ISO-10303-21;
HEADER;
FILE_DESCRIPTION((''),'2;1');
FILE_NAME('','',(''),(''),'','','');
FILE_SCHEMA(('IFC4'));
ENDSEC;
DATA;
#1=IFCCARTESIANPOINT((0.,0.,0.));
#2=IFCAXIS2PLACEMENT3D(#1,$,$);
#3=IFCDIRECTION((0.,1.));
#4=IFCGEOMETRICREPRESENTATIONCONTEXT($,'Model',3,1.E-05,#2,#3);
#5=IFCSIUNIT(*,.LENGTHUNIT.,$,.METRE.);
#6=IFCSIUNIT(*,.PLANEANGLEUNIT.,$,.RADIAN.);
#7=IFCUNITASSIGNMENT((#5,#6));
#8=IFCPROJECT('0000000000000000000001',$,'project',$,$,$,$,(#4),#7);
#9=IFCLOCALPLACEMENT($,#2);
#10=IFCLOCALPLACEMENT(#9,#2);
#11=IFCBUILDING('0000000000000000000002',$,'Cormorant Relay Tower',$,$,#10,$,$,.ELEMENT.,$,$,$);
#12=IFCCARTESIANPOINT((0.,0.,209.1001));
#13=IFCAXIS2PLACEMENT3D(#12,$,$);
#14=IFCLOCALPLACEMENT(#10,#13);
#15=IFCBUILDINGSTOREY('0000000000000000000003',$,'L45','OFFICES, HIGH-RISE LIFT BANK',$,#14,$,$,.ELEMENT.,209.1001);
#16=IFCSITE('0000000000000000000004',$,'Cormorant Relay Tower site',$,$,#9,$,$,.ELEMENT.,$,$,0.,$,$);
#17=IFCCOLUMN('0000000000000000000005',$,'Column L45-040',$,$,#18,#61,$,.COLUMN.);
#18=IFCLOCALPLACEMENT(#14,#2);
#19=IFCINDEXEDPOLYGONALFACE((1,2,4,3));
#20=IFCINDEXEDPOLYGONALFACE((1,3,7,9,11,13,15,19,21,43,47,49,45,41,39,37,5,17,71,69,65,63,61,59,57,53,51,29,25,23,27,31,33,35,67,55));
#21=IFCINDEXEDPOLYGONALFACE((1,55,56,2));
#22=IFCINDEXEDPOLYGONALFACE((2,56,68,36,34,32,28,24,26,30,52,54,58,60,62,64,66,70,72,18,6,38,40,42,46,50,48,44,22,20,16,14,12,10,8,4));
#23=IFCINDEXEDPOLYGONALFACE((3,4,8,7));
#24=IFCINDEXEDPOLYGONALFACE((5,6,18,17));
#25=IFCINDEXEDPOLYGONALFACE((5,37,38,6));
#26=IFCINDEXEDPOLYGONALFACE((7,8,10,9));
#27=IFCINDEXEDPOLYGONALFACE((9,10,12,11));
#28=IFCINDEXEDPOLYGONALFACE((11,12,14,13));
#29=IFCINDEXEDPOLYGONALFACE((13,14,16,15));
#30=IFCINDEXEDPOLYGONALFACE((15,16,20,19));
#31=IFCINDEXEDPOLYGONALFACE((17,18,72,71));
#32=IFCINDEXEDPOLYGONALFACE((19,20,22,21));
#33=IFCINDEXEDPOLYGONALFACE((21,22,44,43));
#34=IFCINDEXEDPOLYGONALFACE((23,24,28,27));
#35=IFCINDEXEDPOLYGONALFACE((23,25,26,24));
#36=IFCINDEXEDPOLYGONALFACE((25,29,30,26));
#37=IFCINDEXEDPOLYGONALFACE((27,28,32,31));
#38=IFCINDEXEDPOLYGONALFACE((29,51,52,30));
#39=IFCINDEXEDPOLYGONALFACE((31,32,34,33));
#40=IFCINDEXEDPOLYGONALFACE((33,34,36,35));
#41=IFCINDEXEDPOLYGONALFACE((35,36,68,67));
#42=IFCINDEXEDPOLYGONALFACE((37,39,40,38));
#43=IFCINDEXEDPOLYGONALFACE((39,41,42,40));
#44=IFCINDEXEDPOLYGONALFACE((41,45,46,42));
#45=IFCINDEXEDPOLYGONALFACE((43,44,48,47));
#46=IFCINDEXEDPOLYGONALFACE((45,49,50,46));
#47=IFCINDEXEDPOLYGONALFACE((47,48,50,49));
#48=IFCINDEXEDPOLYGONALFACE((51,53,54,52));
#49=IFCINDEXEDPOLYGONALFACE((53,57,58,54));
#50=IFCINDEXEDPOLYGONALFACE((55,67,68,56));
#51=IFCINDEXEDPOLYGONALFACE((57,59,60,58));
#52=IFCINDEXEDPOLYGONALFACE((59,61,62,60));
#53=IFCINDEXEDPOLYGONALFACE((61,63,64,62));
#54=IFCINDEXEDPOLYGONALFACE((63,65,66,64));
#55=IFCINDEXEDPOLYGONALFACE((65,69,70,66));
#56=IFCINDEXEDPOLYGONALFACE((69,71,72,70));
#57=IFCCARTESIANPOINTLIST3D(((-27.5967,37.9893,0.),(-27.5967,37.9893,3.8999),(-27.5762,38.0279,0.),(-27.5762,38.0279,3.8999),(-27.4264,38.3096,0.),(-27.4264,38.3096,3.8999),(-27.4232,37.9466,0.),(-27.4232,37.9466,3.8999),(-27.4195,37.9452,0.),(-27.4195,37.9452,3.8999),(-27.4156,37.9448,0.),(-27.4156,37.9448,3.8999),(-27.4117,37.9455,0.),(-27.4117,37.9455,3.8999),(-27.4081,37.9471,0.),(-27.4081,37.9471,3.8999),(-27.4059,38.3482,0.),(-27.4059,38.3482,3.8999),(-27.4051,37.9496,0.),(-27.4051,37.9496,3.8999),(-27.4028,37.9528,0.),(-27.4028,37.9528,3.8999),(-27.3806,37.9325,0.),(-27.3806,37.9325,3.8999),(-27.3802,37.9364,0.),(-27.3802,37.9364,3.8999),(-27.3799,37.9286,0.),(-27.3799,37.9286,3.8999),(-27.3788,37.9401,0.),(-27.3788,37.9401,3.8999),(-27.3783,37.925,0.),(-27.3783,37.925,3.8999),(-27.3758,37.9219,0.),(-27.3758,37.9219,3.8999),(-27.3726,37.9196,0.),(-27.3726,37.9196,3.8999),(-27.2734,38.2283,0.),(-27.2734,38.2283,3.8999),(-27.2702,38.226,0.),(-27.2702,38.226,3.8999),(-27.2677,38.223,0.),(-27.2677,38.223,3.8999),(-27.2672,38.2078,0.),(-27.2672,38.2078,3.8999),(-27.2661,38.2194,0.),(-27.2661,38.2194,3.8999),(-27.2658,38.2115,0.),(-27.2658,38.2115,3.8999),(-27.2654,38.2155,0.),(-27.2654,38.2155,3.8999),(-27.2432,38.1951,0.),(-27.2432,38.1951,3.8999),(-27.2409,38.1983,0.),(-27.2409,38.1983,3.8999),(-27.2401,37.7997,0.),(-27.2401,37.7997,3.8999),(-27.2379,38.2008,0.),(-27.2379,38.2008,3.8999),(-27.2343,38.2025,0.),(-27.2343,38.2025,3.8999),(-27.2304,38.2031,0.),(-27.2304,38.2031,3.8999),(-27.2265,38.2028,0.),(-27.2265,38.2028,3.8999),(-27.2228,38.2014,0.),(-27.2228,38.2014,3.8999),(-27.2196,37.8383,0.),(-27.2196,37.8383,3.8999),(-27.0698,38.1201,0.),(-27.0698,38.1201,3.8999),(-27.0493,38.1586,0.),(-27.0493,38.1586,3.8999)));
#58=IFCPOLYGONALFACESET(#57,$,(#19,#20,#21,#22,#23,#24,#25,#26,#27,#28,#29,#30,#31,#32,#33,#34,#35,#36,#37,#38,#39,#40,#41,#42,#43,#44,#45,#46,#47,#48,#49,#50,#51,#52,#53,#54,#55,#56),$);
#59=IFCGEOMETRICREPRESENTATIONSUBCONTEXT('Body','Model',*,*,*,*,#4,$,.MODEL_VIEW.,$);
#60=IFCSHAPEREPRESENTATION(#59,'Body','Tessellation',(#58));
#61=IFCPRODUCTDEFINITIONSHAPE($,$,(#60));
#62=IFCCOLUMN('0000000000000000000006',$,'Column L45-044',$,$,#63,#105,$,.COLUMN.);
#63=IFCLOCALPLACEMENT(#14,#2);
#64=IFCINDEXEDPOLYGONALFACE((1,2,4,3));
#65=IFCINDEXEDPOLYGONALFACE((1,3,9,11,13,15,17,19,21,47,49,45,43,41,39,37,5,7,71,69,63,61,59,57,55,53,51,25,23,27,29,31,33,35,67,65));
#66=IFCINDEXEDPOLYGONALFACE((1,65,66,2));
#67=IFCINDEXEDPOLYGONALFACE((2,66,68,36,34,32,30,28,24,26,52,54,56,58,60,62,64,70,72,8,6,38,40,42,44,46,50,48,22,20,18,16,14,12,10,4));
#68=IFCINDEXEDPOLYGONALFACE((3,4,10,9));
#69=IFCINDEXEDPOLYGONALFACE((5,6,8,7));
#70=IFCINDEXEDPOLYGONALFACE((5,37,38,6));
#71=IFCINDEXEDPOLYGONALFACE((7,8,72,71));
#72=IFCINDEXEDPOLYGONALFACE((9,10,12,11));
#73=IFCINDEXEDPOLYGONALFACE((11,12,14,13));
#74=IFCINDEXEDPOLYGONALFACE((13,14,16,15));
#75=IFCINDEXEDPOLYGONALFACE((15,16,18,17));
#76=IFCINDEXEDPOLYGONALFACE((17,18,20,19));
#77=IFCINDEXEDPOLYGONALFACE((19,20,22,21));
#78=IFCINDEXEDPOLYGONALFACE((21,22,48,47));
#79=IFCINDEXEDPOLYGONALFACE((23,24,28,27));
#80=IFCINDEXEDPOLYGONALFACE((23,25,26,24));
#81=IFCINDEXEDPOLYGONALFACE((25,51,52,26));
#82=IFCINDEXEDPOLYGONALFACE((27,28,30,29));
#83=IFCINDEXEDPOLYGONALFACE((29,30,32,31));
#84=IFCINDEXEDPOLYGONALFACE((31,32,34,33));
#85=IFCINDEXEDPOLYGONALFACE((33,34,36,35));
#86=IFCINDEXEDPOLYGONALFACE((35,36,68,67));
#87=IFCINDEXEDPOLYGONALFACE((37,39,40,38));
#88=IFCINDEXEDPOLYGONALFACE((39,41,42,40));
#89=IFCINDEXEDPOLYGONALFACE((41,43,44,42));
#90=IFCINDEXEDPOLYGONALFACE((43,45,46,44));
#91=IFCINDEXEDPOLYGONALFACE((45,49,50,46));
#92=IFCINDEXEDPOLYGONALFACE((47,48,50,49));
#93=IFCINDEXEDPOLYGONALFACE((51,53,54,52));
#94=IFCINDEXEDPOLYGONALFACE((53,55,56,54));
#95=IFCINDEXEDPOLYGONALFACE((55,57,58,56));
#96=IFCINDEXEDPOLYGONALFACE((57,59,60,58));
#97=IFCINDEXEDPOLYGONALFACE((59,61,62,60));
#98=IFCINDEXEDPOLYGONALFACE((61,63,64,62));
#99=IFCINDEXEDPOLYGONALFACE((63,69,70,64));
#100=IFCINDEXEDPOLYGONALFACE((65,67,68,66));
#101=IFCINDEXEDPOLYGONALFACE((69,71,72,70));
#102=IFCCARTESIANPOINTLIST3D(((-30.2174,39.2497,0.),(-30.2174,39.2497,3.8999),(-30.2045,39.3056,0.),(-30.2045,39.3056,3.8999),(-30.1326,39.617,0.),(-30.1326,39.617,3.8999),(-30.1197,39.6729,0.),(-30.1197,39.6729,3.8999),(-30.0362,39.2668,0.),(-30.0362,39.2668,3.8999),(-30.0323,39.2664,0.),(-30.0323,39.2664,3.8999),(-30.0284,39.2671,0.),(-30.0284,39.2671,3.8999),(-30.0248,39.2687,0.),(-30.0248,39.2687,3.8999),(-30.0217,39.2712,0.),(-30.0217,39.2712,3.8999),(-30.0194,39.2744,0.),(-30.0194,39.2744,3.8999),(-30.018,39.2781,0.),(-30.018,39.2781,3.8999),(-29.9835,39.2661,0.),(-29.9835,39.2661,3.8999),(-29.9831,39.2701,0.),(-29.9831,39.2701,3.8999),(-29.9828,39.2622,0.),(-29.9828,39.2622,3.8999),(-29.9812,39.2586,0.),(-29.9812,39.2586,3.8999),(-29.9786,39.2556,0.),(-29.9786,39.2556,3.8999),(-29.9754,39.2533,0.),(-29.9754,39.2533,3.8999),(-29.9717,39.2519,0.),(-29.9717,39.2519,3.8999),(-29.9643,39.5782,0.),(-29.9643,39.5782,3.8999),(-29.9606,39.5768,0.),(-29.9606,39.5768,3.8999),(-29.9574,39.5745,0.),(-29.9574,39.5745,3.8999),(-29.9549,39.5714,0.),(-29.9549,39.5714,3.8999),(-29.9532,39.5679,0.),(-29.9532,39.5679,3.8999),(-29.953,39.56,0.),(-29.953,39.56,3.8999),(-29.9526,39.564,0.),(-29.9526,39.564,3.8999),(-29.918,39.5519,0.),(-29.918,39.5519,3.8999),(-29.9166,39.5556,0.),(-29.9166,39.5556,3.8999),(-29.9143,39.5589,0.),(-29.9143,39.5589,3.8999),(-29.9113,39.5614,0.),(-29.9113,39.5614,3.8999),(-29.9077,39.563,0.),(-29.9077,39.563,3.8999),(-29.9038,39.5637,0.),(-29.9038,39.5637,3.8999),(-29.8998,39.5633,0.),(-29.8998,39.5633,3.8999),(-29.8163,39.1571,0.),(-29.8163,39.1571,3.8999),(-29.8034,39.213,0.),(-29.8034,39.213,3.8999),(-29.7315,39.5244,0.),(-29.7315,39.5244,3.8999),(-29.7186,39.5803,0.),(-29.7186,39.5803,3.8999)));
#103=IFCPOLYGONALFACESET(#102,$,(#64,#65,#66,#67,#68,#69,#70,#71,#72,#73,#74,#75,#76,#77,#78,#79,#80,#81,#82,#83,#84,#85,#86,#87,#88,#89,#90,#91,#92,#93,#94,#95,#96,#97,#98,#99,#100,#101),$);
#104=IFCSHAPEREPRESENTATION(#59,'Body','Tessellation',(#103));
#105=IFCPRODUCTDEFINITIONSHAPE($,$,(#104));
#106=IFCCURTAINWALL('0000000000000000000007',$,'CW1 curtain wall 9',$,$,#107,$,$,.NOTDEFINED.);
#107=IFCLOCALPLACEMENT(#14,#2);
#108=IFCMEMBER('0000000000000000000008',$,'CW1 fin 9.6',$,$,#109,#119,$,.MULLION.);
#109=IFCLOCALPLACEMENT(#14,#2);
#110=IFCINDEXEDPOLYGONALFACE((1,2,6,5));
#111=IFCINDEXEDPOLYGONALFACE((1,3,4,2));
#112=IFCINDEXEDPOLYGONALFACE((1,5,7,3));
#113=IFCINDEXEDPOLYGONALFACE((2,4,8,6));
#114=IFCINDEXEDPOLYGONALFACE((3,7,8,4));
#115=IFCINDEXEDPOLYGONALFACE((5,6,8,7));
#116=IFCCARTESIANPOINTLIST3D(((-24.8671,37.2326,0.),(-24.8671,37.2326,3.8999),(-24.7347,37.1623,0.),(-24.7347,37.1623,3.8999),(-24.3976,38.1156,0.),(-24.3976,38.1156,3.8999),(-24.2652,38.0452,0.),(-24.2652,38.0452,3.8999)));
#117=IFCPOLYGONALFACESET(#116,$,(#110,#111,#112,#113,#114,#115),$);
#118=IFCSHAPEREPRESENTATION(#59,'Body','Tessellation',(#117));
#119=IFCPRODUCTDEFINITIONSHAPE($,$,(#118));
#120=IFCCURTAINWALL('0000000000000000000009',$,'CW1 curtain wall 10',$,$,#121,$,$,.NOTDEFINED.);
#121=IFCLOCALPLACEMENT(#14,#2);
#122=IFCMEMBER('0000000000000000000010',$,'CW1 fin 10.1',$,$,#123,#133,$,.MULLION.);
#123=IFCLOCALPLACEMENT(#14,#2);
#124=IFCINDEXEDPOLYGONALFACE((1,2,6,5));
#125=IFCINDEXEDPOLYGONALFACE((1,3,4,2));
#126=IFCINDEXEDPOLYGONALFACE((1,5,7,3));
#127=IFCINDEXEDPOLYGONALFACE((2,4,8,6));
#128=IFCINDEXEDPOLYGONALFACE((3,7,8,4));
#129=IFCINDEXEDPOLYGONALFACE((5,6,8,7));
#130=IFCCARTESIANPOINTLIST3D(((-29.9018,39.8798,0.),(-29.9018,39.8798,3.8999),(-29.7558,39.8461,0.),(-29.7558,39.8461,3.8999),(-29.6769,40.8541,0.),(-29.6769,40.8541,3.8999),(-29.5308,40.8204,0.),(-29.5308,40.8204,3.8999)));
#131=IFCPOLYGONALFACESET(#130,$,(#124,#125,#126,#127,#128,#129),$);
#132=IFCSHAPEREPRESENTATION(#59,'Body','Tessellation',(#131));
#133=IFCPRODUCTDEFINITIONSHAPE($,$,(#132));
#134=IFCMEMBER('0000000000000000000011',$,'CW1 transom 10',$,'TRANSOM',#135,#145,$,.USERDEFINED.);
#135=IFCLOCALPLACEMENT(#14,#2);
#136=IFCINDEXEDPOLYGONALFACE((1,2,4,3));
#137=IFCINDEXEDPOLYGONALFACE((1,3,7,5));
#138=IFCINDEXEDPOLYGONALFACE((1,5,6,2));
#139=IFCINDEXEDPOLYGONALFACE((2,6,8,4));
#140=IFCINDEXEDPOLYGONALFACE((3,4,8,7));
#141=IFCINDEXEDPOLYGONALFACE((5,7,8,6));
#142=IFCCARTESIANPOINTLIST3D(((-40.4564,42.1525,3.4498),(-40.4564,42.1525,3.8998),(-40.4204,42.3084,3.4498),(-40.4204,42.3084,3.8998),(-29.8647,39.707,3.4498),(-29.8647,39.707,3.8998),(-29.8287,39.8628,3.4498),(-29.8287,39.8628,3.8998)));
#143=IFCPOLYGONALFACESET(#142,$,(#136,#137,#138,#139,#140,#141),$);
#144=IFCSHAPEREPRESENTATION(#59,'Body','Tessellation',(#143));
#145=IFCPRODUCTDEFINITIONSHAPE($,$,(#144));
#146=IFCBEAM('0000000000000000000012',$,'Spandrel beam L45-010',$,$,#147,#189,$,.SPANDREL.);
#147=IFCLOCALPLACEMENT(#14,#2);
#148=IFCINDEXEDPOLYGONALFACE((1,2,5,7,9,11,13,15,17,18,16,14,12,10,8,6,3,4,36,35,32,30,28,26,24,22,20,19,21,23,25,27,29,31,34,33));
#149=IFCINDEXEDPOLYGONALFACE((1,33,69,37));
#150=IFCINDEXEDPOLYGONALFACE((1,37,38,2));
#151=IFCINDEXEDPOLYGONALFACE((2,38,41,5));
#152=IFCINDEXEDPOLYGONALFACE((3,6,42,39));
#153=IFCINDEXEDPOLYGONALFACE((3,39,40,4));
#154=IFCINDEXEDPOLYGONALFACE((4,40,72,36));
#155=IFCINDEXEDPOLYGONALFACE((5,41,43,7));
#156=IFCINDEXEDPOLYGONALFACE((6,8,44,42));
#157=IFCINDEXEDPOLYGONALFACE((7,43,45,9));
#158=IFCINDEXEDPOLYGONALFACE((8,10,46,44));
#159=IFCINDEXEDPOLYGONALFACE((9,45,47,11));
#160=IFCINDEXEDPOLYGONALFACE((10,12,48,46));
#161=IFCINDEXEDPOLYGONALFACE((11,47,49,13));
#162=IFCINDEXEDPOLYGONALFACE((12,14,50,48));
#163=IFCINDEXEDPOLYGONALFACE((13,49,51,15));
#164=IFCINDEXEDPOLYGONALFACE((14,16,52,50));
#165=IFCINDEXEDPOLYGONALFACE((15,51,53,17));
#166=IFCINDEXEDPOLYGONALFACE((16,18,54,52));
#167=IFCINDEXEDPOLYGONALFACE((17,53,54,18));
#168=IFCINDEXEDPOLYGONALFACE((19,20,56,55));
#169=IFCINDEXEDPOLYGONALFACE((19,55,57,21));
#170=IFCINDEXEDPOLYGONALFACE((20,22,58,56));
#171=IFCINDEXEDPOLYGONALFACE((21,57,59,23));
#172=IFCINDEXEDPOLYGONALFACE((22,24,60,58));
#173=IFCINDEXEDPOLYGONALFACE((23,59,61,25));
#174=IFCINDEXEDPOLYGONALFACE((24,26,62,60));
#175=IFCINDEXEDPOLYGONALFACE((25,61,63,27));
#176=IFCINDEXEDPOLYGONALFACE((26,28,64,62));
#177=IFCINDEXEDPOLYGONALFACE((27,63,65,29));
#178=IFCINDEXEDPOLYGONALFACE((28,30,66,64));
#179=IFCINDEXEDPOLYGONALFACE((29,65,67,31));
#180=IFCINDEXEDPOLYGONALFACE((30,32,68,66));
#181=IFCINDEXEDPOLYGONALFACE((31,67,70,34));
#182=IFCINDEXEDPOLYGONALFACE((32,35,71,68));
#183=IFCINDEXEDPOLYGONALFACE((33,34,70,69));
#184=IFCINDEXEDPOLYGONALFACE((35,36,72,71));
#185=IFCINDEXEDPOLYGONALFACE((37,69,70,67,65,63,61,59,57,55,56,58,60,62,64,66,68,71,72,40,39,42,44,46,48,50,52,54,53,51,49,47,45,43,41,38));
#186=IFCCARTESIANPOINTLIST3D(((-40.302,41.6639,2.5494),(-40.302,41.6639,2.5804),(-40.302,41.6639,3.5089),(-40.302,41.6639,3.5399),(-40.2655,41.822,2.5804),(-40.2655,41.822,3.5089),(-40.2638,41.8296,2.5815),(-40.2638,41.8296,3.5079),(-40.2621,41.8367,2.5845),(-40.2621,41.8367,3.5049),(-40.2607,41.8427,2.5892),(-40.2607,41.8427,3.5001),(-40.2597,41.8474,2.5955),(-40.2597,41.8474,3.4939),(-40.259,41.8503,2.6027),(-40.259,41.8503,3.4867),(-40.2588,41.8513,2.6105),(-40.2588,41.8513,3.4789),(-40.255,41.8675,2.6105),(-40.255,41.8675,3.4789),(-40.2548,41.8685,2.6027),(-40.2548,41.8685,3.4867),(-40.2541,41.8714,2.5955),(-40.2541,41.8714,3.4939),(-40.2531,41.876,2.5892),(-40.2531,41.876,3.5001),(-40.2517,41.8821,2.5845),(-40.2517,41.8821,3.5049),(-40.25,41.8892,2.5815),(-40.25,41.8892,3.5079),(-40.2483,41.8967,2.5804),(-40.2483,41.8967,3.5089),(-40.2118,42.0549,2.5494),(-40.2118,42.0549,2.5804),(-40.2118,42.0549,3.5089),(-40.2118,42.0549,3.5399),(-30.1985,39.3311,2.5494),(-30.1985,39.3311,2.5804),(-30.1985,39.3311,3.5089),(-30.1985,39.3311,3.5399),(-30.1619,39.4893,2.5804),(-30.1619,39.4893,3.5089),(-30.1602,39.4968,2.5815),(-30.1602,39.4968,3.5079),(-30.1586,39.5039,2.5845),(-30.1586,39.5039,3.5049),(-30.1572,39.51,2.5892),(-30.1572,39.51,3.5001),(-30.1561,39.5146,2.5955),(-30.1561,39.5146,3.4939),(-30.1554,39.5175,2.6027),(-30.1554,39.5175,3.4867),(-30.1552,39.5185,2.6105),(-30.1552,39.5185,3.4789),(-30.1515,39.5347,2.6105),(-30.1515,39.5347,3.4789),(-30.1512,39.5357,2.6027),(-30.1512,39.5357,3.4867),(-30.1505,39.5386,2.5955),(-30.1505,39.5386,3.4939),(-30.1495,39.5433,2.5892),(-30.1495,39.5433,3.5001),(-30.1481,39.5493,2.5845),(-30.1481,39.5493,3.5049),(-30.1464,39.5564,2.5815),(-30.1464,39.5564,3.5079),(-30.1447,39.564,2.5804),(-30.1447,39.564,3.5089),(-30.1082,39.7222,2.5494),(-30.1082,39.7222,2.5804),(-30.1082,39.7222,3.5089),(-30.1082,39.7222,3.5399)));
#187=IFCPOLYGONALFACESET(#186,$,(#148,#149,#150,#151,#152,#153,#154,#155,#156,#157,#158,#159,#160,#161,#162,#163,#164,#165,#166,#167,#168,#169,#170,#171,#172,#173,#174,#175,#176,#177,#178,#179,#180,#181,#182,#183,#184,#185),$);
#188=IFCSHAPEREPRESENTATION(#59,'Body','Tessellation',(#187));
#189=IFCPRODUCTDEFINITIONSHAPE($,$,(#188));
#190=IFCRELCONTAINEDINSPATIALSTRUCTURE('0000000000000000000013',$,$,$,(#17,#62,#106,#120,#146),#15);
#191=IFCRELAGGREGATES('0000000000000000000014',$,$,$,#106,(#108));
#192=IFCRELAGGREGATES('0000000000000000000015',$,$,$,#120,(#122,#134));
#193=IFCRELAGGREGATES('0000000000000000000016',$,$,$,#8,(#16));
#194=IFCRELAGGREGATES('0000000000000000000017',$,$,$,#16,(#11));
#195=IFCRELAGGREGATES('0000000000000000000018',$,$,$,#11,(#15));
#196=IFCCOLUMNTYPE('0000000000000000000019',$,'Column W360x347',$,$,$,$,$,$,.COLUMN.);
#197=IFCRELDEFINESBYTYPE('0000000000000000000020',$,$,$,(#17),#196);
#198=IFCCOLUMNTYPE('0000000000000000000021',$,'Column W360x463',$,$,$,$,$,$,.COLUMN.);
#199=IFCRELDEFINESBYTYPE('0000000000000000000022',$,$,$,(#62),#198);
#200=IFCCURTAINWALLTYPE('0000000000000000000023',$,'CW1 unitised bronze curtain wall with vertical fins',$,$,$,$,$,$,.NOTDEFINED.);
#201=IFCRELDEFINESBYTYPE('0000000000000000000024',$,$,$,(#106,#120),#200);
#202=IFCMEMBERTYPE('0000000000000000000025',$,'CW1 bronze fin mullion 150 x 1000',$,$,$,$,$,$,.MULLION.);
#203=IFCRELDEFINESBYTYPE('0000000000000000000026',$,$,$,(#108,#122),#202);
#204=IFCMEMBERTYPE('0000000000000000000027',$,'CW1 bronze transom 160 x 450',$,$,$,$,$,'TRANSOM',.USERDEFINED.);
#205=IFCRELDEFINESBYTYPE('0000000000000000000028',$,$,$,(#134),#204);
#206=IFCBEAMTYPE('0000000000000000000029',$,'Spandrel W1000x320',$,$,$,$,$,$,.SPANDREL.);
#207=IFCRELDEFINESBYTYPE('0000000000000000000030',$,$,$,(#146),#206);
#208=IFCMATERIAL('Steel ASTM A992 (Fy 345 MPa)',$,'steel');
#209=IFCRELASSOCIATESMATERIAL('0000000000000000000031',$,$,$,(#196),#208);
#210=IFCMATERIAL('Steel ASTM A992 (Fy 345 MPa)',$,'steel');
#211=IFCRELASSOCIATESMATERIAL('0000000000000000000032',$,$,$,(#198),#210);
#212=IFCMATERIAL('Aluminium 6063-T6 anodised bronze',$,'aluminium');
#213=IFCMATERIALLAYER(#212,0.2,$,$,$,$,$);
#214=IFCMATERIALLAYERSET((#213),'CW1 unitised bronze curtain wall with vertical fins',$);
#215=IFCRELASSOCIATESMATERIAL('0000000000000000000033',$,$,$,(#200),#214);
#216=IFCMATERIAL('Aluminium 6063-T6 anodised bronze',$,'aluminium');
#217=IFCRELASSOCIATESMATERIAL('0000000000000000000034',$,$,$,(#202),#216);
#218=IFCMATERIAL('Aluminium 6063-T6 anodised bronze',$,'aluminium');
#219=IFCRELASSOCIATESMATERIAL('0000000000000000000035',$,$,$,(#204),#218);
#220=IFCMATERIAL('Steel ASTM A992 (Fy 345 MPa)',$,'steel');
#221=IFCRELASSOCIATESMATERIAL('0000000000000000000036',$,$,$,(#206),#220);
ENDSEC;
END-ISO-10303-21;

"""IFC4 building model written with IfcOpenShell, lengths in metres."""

from ifc_helpers import new_model, si_unit, direction, frame, origin, origin_2d, place, context, subcontext, project, spatial, rectangle, i_section, extrude, material, layer, layer_set, material_profile, profile_set, type_object, element, aggregate, save


model = new_model("IFC4")

# Units and contexts
model_context = context("Model", 3, precision=1e-05, world=origin(), true_north=direction((0.0, 1.0)))
body_context = subcontext(model_context, "Body", "Model", "MODEL_VIEW")
ifc_project = project(units=[si_unit("LENGTHUNIT", "METRE"), si_unit("PLANEANGLEUNIT", "RADIAN")], contexts=[model_context])

# Site, building, storey
site_placement = place(None, origin())
site = spatial("IfcSite", under=ifc_project, at=site_placement, Name="Cormorant Relay Tower site", CompositionType="ELEMENT", RefElevation=0.0)
building_placement = place(site_placement, origin())
building = spatial("IfcBuilding", under=site, at=building_placement, Name="Cormorant Relay Tower", CompositionType="ELEMENT")
storey_placement = place(building_placement, frame((0.0, 0.0, 209.1001)))
storey = spatial("IfcBuildingStorey", under=building, at=storey_placement, Name="L45", Description="OFFICES, HIGH-RISE LIFT BANK", CompositionType="ELEMENT", Elevation=209.1001)

# Columns
ifc_material_1 = material(Name="Steel ASTM A992 (Fy 345 MPa)", Category="steel")
ifc_material_profile_1 = material_profile(ifc_material_1, i_section(OverallWidth=0.4038, OverallDepth=0.4065, WebThickness=0.0271, FlangeThickness=0.0437, FilletRadius=0.0151, at=origin_2d()), Name="W360x347")
ifc_profile_set_1 = profile_set([ifc_material_profile_1], Name="Steel ASTM A992 (Fy 345 MPa)")
column_type_1 = type_object("IfcColumnType", Name="Column W360x347", PredefinedType="COLUMN", material=ifc_profile_set_1)
column_1_placement = place(storey_placement, frame((-27.323, 38.074, 0.0), z_axis=(0.0, 0.0, 1.0), x_axis=(-0.882948, 0.469472, 0.0)))
element("IfcColumn", 1, at=column_1_placement, inside=storey, type_object=column_type_1, Name="Column L45-040", PredefinedType="COLUMN", context=body_context, shape_type="SweptSolid", body=[
    extrude(i_section(OverallWidth=0.4038, OverallDepth=0.4065, WebThickness=0.0271, FlangeThickness=0.0437, FilletRadius=0.0151, at=origin_2d()), origin(), (0.0, 0.0, 1.0), 3.8999),
])
ifc_material_2 = material(Name="Steel ASTM A992 (Fy 345 MPa)", Category="steel")
ifc_material_profile_2 = material_profile(ifc_material_2, i_section(OverallWidth=0.4116, OverallDepth=0.4343, WebThickness=0.0359, FlangeThickness=0.0574, FilletRadius=0.0151, at=origin_2d()), Name="W360x463")
ifc_profile_set_2 = profile_set([ifc_material_profile_2], Name="Steel ASTM A992 (Fy 345 MPa)")
column_type_2 = type_object("IfcColumnType", Name="Column W360x463", PredefinedType="COLUMN", material=ifc_profile_set_2)
column_2_placement = place(storey_placement, frame((-29.968, 39.415, 0.0), z_axis=(0.0, 0.0, 1.0), x_axis=(-0.97437, 0.224951, 0.0)))
element("IfcColumn", 2, at=column_2_placement, inside=storey, type_object=column_type_2, Name="Column L45-044", PredefinedType="COLUMN", context=body_context, shape_type="SweptSolid", body=[
    extrude(i_section(OverallWidth=0.4116, OverallDepth=0.4343, WebThickness=0.0359, FlangeThickness=0.0574, FilletRadius=0.0151, at=origin_2d()), origin(), (0.0, 0.0, 1.0), 3.8999),
])

# Curtain wall, member
ifc_material_3 = material(Name="Aluminium 6063-T6 anodised bronze", Category="aluminium")
ifc_layer_1 = layer(ifc_material_3, 0.2)
ifc_layer_set_1 = layer_set([ifc_layer_1], Name="CW1 unitised bronze curtain wall with vertical fins")
curtain_wall_type = type_object("IfcCurtainWallType", Name="CW1 unitised bronze curtain wall with vertical fins", PredefinedType="NOTDEFINED", material=ifc_layer_set_1)
curtain_wall_1_placement = place(storey_placement, origin())
curtain_wall_1 = element("IfcCurtainWall", 3, at=curtain_wall_1_placement, inside=storey, type_object=curtain_wall_type, Name="CW1 curtain wall 9", PredefinedType="NOTDEFINED")
ifc_material_4 = material(Name="Aluminium 6063-T6 anodised bronze", Category="aluminium")
ifc_material_profile_3 = material_profile(ifc_material_4, rectangle(XDim=0.1499, YDim=1.0, at=origin_2d()), Name="AL 150x1000")
ifc_profile_set_3 = profile_set([ifc_material_profile_3], Name="Aluminium 6063-T6 anodised bronze")
member_type_1 = type_object("IfcMemberType", Name="CW1 bronze fin mullion 150 x 1000", PredefinedType="MULLION", material=ifc_profile_set_3)
member_1_placement = place(storey_placement, frame((-24.5662, 37.6389, 0.0), z_axis=(0.0, 0.0, 1.0), x_axis=(-0.882948, 0.469472, 0.0)))
member_1 = element("IfcMember", 4, at=member_1_placement, type_object=member_type_1, Name="CW1 fin 9.6", PredefinedType="MULLION", context=body_context, shape_type="SweptSolid", body=[
    extrude(rectangle(XDim=0.1499, YDim=1.0, at=origin_2d()), origin(), (0.0, 0.0, 1.0), 3.8999),
])

# Curtain wall, members
curtain_wall_2_placement = place(storey_placement, origin())
curtain_wall_2 = element("IfcCurtainWall", 5, at=curtain_wall_2_placement, inside=storey, type_object=curtain_wall_type, Name="CW1 curtain wall 10", PredefinedType="NOTDEFINED")
member_2_placement = place(storey_placement, frame((-29.7163, 40.3501, 0.0), z_axis=(0.0, 0.0, 1.0), x_axis=(-0.97437, 0.224951, 0.0)))
member_2 = element("IfcMember", 6, at=member_2_placement, type_object=member_type_1, Name="CW1 fin 10.1", PredefinedType="MULLION", context=body_context, shape_type="SweptSolid", body=[
    extrude(rectangle(XDim=0.1499, YDim=1.0, at=origin_2d()), origin(), (0.0, 0.0, 1.0), 3.8999),
])
ifc_material_5 = material(Name="Aluminium 6063-T6 anodised bronze", Category="aluminium")
ifc_material_profile_4 = material_profile(ifc_material_5, rectangle(XDim=0.1599, YDim=0.45, at=origin_2d()), Name="AL 160x450")
ifc_profile_set_4 = profile_set([ifc_material_profile_4], Name="Aluminium 6063-T6 anodised bronze")
member_type_2 = type_object("IfcMemberType", Name="CW1 bronze transom 160 x 450", ElementType="TRANSOM", PredefinedType="USERDEFINED", material=ifc_profile_set_4)
member_3_placement = place(storey_placement, frame((-29.8467, 39.7849, 3.6748), z_axis=(-0.974365, 0.224973, 0.0), x_axis=(-0.224973, -0.974365, 0.0)))
member_3 = element("IfcMember", 7, at=member_3_placement, type_object=member_type_2, Name="CW1 transom 10", ObjectType="TRANSOM", PredefinedType="USERDEFINED", context=body_context, shape_type="SweptSolid", body=[
    extrude(rectangle(XDim=0.1599, YDim=0.45, at=origin_2d()), origin(), (0.0, 0.0, 1.0), 10.8704),
])

# Beam
ifc_material_6 = material(Name="Steel ASTM A992 (Fy 345 MPa)", Category="steel")
ifc_material_profile_5 = material_profile(ifc_material_6, i_section(OverallWidth=0.4014, OverallDepth=0.9905, WebThickness=0.0166, FlangeThickness=0.031, FilletRadius=0.03, at=origin_2d()), Name="W1000x320")
ifc_profile_set_5 = profile_set([ifc_material_profile_5], Name="Steel ASTM A992 (Fy 345 MPa)")
beam_type = type_object("IfcBeamType", Name="Spandrel W1000x320", PredefinedType="SPANDREL", material=ifc_profile_set_5)
beam_placement = place(storey_placement, frame((-30.1533, 39.5266, 3.0447), z_axis=(-0.974366, 0.224968, 0.0), x_axis=(-0.224968, -0.974366, 0.0)))
element("IfcBeam", 8, at=beam_placement, inside=storey, type_object=beam_type, Name="Spandrel beam L45-010", PredefinedType="SPANDREL", context=body_context, shape_type="SweptSolid", body=[
    extrude(i_section(OverallWidth=0.4014, OverallDepth=0.9905, WebThickness=0.0166, FlangeThickness=0.031, FilletRadius=0.03, at=origin_2d()), origin(), (0.0, 0.0, 1.0), 10.3694),
])

aggregate(curtain_wall_1, [member_1])
aggregate(curtain_wall_2, [member_2, member_3])

save(model, "model.ifc")
